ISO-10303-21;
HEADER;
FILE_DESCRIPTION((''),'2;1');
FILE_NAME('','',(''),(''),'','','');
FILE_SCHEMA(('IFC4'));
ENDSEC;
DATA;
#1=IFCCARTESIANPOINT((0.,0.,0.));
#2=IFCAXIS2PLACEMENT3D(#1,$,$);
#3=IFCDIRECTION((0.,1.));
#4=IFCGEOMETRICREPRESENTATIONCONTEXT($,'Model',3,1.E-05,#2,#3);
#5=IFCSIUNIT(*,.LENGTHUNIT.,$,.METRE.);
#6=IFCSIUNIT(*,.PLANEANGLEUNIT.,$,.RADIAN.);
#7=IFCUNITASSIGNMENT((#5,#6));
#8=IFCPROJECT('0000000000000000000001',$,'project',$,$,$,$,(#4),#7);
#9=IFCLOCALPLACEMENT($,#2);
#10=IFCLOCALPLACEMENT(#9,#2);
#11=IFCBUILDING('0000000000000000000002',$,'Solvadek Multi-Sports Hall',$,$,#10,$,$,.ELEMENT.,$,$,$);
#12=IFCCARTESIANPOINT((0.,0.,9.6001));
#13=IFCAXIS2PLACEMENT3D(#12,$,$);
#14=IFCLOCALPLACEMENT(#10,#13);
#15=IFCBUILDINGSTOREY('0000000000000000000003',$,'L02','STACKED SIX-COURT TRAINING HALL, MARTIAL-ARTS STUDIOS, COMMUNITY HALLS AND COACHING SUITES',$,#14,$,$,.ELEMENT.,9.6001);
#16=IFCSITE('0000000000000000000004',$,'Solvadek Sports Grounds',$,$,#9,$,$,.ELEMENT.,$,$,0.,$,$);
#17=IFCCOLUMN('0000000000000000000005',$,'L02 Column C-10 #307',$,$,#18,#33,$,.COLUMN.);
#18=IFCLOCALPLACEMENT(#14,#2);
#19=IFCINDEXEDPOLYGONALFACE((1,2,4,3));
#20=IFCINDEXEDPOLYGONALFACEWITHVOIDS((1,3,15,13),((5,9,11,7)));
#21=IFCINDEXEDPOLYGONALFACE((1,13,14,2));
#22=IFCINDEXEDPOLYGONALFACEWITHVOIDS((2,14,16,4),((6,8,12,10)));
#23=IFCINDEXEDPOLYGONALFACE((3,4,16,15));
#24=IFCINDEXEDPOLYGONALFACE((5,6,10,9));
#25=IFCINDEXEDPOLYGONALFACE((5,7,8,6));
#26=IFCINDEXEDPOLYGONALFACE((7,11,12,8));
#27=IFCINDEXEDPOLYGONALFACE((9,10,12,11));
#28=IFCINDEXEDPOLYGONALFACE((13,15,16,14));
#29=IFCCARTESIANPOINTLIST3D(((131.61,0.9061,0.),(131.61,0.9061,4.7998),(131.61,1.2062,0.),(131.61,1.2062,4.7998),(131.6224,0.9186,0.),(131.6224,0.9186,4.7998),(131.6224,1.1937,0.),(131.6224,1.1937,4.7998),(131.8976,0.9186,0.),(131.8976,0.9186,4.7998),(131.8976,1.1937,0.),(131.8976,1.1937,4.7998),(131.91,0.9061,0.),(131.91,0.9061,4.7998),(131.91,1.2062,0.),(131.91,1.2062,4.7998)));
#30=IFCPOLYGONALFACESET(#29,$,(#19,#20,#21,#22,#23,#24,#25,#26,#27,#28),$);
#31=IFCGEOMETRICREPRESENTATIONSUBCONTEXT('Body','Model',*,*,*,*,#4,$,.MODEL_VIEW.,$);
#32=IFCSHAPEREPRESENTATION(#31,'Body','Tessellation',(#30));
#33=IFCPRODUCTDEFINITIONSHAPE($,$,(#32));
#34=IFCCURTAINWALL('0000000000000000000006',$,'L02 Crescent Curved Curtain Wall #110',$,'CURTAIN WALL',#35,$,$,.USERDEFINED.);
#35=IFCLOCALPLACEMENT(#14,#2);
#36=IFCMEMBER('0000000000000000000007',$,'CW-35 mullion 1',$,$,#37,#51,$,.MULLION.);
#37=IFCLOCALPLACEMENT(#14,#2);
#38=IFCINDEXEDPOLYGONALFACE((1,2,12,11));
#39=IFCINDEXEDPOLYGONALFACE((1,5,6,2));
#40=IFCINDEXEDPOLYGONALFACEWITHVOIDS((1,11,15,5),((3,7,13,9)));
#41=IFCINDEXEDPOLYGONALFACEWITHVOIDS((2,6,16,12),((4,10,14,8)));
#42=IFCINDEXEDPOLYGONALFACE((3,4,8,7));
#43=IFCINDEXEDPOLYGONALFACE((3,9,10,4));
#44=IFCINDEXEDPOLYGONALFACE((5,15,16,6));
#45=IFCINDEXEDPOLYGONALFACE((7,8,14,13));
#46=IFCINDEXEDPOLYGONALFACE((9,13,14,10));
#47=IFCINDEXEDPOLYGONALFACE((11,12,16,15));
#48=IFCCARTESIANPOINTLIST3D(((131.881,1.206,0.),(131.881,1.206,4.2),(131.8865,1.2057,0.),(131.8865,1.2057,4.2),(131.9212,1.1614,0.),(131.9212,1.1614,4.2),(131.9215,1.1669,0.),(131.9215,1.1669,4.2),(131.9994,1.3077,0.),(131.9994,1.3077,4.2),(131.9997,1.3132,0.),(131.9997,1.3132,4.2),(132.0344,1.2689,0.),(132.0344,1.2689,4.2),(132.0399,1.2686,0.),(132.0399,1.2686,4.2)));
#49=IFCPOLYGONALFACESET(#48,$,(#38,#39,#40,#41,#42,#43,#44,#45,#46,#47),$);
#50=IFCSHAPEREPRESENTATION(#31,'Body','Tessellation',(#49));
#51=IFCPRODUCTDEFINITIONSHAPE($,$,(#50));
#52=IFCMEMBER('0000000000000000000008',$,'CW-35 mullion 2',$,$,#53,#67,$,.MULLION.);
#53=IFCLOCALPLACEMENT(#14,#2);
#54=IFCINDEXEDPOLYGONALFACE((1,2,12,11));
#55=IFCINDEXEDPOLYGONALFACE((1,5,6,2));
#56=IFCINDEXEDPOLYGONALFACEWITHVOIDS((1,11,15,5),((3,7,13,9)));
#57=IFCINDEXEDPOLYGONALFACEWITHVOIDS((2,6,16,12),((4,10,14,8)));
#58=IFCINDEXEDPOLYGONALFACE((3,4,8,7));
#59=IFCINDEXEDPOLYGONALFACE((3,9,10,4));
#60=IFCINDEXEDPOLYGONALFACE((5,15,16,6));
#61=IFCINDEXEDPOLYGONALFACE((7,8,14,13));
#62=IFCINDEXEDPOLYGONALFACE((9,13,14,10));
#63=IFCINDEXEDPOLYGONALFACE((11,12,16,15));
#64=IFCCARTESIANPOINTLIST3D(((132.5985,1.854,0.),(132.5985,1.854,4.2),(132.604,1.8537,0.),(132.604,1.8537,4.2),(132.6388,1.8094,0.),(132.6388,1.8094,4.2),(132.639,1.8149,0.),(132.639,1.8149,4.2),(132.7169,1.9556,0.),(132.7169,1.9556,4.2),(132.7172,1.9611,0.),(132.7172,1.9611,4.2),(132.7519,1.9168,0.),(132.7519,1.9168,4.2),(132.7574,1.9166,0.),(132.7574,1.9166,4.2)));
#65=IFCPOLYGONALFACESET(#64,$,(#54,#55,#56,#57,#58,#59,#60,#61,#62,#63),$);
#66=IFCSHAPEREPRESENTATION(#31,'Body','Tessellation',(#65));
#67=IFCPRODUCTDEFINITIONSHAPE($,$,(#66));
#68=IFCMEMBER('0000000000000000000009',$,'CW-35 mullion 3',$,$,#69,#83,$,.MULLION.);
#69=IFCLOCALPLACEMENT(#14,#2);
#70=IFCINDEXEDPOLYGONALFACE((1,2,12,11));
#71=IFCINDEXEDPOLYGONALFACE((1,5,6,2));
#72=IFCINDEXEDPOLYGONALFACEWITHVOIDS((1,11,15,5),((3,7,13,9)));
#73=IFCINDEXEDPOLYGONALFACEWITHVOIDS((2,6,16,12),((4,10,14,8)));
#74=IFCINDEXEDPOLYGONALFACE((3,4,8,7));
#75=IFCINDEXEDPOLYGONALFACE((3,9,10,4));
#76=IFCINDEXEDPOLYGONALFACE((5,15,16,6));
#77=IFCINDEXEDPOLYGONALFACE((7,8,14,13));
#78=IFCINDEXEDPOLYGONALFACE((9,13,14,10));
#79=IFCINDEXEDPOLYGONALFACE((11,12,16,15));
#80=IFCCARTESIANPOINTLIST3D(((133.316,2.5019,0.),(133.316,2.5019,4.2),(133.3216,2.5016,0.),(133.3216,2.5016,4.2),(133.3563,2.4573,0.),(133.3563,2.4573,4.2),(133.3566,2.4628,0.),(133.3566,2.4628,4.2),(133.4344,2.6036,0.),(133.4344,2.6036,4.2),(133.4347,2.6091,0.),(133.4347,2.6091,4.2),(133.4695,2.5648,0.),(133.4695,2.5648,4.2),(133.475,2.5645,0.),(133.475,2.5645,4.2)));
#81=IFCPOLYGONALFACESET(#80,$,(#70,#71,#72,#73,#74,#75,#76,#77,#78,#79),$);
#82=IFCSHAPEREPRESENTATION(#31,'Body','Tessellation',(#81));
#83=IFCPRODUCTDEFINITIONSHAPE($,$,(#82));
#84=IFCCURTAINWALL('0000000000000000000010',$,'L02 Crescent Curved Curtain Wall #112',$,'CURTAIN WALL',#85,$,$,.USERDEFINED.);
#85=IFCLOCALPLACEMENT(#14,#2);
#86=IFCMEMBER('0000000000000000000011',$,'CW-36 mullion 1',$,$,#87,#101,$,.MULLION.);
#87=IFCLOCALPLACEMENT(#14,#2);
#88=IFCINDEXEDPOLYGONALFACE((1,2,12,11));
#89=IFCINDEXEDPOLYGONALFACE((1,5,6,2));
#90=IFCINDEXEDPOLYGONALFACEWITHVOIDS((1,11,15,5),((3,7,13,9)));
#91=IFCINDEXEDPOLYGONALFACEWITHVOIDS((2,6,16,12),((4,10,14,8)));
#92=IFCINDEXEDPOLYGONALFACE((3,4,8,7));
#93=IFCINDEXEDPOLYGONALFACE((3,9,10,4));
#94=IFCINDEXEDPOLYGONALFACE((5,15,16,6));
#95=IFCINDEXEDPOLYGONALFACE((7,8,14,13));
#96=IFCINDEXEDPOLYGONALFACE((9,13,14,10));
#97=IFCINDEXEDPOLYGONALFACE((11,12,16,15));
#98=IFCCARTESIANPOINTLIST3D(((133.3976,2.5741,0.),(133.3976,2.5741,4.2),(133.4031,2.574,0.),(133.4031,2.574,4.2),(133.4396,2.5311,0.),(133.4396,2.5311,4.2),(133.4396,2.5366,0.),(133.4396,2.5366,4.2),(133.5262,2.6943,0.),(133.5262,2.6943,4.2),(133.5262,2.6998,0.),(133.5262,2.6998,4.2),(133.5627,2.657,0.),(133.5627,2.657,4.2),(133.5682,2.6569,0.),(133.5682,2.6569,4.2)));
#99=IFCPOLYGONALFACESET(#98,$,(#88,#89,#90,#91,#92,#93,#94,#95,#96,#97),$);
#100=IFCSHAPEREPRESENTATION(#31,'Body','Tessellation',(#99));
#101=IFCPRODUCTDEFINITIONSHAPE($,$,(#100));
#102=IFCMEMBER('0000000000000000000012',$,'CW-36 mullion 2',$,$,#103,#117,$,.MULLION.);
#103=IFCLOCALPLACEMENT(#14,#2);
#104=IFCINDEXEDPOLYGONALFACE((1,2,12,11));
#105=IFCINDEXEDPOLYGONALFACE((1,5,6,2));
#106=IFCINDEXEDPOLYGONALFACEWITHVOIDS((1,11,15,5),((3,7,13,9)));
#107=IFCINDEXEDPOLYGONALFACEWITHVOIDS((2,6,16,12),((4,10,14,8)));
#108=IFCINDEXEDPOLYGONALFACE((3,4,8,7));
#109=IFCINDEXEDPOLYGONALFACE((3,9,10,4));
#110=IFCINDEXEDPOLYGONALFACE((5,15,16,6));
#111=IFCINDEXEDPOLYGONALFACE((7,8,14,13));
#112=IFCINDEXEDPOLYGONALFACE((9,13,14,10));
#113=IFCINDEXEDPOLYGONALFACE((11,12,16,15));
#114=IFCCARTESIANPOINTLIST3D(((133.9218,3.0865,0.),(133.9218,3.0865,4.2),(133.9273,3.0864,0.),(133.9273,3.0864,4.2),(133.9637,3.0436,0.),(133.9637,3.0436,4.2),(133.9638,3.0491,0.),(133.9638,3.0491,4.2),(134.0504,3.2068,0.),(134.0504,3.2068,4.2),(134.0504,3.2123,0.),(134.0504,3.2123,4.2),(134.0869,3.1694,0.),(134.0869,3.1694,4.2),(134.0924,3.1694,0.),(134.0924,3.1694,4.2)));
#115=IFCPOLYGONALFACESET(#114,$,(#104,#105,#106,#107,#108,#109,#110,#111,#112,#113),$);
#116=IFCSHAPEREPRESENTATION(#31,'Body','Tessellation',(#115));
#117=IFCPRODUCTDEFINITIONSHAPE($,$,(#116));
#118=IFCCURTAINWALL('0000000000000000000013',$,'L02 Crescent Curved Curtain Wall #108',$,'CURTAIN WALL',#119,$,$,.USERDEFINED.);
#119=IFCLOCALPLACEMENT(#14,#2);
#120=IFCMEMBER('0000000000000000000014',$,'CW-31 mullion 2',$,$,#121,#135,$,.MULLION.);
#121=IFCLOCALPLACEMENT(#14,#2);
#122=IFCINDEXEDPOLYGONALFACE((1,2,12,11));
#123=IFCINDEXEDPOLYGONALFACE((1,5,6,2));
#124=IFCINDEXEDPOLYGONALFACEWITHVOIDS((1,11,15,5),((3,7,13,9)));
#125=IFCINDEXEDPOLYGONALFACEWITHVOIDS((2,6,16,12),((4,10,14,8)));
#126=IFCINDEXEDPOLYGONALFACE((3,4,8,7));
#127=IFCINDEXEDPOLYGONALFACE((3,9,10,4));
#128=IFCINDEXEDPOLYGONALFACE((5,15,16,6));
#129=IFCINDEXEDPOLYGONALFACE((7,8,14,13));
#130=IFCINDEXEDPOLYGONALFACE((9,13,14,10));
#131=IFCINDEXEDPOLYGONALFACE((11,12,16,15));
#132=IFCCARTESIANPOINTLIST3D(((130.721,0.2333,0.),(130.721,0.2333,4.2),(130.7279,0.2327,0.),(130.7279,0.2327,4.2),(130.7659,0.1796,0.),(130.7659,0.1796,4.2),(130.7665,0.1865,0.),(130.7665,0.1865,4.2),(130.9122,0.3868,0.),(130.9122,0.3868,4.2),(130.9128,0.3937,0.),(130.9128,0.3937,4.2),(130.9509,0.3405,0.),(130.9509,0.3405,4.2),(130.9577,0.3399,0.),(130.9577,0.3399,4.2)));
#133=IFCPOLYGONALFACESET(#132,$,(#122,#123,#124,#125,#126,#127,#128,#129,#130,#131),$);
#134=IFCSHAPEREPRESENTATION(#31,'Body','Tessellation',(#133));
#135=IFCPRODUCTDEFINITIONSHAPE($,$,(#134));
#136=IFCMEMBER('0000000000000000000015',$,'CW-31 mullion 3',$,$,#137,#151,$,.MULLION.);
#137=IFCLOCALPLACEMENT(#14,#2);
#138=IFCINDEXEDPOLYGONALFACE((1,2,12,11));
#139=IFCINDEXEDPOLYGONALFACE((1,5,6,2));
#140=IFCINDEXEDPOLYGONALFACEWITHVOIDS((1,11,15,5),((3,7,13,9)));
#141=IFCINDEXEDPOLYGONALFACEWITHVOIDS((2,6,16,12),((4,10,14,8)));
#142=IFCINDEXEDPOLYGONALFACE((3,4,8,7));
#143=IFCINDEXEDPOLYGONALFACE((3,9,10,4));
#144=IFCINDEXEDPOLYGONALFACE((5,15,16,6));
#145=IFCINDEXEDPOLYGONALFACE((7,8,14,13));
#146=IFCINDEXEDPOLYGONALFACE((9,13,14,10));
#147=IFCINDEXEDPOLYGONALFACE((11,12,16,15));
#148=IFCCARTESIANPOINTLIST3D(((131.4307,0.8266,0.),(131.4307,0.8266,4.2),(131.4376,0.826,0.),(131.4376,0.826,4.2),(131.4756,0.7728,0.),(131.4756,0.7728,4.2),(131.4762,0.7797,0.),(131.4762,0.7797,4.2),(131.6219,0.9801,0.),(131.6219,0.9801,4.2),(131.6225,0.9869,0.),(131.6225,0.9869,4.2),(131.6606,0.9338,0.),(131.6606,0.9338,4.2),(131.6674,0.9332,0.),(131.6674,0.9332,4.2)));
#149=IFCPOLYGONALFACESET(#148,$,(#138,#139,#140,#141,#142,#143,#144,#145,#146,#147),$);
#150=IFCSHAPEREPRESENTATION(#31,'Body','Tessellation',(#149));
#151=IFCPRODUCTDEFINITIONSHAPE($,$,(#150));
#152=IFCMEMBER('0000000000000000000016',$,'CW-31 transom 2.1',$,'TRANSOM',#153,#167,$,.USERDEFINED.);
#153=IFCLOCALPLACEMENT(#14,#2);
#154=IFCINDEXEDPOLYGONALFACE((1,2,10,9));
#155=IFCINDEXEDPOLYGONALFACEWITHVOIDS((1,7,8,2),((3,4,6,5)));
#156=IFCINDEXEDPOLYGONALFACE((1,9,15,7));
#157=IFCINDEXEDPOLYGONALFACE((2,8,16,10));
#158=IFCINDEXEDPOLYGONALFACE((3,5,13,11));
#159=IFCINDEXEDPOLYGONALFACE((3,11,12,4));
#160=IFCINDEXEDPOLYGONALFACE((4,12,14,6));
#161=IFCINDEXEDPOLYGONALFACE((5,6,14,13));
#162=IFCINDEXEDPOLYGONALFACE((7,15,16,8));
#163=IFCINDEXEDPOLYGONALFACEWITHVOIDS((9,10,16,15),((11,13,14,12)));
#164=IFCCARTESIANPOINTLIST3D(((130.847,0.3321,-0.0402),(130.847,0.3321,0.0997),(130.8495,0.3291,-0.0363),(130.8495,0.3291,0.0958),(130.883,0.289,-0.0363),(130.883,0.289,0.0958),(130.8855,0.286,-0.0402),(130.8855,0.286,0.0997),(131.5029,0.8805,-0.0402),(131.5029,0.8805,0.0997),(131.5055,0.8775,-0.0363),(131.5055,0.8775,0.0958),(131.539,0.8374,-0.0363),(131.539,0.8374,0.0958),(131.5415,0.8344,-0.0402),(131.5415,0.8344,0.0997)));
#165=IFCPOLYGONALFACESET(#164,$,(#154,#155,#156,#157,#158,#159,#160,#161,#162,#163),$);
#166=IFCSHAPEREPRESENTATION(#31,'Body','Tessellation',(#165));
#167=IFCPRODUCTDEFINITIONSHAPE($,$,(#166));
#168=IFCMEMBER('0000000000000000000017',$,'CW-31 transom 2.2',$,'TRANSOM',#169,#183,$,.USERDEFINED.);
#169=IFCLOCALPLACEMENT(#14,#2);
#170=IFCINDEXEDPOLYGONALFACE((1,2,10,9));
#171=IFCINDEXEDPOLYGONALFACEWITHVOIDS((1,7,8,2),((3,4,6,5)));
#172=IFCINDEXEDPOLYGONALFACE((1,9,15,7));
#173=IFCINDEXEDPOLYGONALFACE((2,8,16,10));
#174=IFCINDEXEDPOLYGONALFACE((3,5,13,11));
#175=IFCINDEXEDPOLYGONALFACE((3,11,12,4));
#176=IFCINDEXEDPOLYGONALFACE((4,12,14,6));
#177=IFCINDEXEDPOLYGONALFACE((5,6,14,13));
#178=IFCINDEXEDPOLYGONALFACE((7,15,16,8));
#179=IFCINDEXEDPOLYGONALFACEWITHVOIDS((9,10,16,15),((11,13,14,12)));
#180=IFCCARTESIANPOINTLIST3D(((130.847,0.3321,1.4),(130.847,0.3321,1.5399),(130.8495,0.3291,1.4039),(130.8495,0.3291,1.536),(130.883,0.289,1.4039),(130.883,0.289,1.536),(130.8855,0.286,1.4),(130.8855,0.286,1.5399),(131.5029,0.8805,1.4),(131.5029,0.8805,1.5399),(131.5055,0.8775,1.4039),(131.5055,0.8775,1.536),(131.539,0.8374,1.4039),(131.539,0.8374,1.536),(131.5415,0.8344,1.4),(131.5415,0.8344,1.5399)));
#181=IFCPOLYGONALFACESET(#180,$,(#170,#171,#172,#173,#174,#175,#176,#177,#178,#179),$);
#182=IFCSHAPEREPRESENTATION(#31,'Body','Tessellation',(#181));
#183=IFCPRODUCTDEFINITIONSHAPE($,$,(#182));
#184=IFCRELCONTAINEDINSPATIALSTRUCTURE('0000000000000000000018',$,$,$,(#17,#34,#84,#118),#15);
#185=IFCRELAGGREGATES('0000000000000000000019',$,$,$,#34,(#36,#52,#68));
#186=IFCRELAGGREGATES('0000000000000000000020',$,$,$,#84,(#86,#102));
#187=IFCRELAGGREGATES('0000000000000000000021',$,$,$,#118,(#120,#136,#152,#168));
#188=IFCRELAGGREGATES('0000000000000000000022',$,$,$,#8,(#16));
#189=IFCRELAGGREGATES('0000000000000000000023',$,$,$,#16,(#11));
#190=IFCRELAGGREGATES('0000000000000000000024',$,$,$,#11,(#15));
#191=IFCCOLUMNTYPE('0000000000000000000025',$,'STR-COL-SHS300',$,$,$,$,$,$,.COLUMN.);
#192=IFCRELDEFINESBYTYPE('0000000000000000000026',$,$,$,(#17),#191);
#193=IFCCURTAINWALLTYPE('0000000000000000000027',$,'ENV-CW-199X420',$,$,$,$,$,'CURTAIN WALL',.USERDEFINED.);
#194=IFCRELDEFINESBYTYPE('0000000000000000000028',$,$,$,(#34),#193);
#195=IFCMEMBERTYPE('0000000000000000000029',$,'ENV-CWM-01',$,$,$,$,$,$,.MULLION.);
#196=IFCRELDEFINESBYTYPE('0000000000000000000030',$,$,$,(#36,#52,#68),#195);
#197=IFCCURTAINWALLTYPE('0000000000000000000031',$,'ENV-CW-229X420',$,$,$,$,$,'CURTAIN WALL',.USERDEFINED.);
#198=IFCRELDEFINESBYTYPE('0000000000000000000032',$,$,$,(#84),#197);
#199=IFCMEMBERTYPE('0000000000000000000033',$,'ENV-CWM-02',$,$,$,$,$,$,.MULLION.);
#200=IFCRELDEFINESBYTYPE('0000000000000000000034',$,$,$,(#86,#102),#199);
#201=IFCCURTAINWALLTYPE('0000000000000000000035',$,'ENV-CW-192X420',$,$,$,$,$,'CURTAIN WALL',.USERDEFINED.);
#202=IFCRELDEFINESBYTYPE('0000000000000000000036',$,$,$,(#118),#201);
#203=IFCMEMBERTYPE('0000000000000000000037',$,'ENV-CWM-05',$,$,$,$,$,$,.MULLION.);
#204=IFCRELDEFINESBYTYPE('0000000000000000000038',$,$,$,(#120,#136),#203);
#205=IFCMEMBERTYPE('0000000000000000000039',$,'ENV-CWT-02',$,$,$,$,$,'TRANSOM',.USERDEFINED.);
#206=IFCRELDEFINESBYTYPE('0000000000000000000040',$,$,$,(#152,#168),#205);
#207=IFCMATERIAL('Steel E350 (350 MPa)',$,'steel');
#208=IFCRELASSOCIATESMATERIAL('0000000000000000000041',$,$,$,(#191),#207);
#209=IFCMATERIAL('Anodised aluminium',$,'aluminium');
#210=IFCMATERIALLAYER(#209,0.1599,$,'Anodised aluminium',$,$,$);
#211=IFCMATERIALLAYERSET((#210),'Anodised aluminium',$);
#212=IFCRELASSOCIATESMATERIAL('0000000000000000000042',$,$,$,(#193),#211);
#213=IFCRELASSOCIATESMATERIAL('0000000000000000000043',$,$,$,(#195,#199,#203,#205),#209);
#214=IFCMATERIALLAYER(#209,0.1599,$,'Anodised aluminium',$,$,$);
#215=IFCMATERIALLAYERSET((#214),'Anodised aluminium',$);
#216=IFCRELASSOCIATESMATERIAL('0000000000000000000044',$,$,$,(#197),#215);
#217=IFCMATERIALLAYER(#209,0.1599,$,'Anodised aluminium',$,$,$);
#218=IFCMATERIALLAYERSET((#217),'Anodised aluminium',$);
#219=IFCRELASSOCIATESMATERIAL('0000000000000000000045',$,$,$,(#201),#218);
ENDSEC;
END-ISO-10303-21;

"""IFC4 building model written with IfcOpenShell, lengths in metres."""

from ifc_helpers import new_model, si_unit, direction, frame, origin, origin_2d, place, context, subcontext, project, spatial, hollow_rectangle, extrude, material, layer, layer_set, material_profile, profile_set, type_object, element, aggregate, save


model = new_model("IFC4")

# Units and contexts
model_context = context("Model", 3, precision=1e-05, world=origin(), true_north=direction((0.0, 1.0)))
body_context = subcontext(model_context, "Body", "Model", "MODEL_VIEW")
ifc_project = project(units=[si_unit("LENGTHUNIT", "METRE"), si_unit("PLANEANGLEUNIT", "RADIAN")], contexts=[model_context])

# Site, building, storey
site_placement = place(None, origin())
site = spatial("IfcSite", under=ifc_project, at=site_placement, Name="Solvadek Sports Grounds", CompositionType="ELEMENT", RefElevation=0.0)
building_placement = place(site_placement, origin())
building = spatial("IfcBuilding", under=site, at=building_placement, Name="Solvadek Multi-Sports Hall", CompositionType="ELEMENT")
storey_placement = place(building_placement, frame((0.0, 0.0, 9.6001)))
storey = spatial("IfcBuildingStorey", under=building, at=storey_placement, Name="L02", Description="STACKED SIX-COURT TRAINING HALL, MARTIAL-ARTS STUDIOS, COMMUNITY HALLS AND COACHING SUITES", CompositionType="ELEMENT", Elevation=9.6001)

# Column
ifc_material_1 = material(Name="Steel E350 (350 MPa)", Category="steel")
ifc_material_profile_1 = material_profile(ifc_material_1, hollow_rectangle(XDim=0.3, YDim=0.3, WallThickness=0.0125, at=origin_2d()), Name="SHS 300x300x12.5")
ifc_profile_set_1 = profile_set([ifc_material_profile_1], Name="Steel E350 (350 MPa)")
column_type = type_object("IfcColumnType", Name="STR-COL-SHS300", PredefinedType="COLUMN", material=ifc_profile_set_1)
column_placement = place(storey_placement, frame((131.76, 1.0562, 0.0), z_axis=(0.0, 0.0, 1.0), x_axis=(1.0, 0.0, 0.0)))
element("IfcColumn", 1, at=column_placement, inside=storey, type_object=column_type, Name="L02 Column C-10 #307", PredefinedType="COLUMN", context=body_context, shape_type="SweptSolid", body=[
    extrude(hollow_rectangle(XDim=0.3, YDim=0.3, WallThickness=0.0125, at=origin_2d()), origin(), (0.0, 0.0, 1.0), 4.7998),
])

# Curtain walls, members
ifc_material_2 = material(Name="Anodised aluminium", Category="aluminium")
ifc_layer_1 = layer(ifc_material_2, 0.1599, Name="Anodised aluminium")
ifc_layer_set_1 = layer_set([ifc_layer_1], Name="Anodised aluminium")
curtain_wall_type_1 = type_object("IfcCurtainWallType", Name="ENV-CW-199X420", ElementType="CURTAIN WALL", PredefinedType="USERDEFINED", material=ifc_layer_set_1)
curtain_wall_1_placement = place(storey_placement, origin())
curtain_wall_1 = element("IfcCurtainWall", 2, at=curtain_wall_1_placement, inside=storey, type_object=curtain_wall_type_1, Name="L02 Crescent Curved Curtain Wall #110", ObjectType="CURTAIN WALL", PredefinedType="USERDEFINED")
ifc_material_profile_2 = material_profile(ifc_material_2, hollow_rectangle(XDim=0.0601, YDim=0.1599, WallThickness=0.0039, at=origin_2d()), Name="ALU-M 160x60x4")
ifc_profile_set_2 = profile_set([ifc_material_profile_2], Name="Anodised aluminium")
member_type_1 = type_object("IfcMemberType", Name="ENV-CWM-01", PredefinedType="MULLION", material=ifc_profile_set_2)
member_1_placement = place(storey_placement, frame((131.9604, 1.2373, 0.0), z_axis=(0.0, 0.0, 1.0), x_axis=(-0.670227, 0.742156, 0.0)))
member_1 = element("IfcMember", 3, at=member_1_placement, type_object=member_type_1, Name="CW-35 mullion 1", PredefinedType="MULLION", context=body_context, shape_type="SweptSolid", body=[
    extrude(hollow_rectangle(XDim=0.0601, YDim=0.1599, WallThickness=0.0039, at=origin_2d()), origin(), (0.0, 0.0, 1.0), 4.2),
])
member_2_placement = place(storey_placement, frame((132.678, 1.8853, 0.0), z_axis=(0.0, 0.0, 1.0), x_axis=(-0.670227, 0.742156, 0.0)))
member_2 = element("IfcMember", 4, at=member_2_placement, type_object=member_type_1, Name="CW-35 mullion 2", PredefinedType="MULLION", context=body_context, shape_type="SweptSolid", body=[
    extrude(hollow_rectangle(XDim=0.0601, YDim=0.1599, WallThickness=0.0039, at=origin_2d()), origin(), (0.0, 0.0, 1.0), 4.2),
])
member_3_placement = place(storey_placement, frame((133.3955, 2.5332, 0.0), z_axis=(0.0, 0.0, 1.0), x_axis=(-0.670227, 0.742156, 0.0)))
member_3 = element("IfcMember", 5, at=member_3_placement, type_object=member_type_1, Name="CW-35 mullion 3", PredefinedType="MULLION", context=body_context, shape_type="SweptSolid", body=[
    extrude(hollow_rectangle(XDim=0.0601, YDim=0.1599, WallThickness=0.0039, at=origin_2d()), origin(), (0.0, 0.0, 1.0), 4.2),
])
ifc_layer_2 = layer(ifc_material_2, 0.1599, Name="Anodised aluminium")
ifc_layer_set_2 = layer_set([ifc_layer_2], Name="Anodised aluminium")
curtain_wall_type_2 = type_object("IfcCurtainWallType", Name="ENV-CW-229X420", ElementType="CURTAIN WALL", PredefinedType="USERDEFINED", material=ifc_layer_set_2)
curtain_wall_2_placement = place(storey_placement, origin())
curtain_wall_2 = element("IfcCurtainWall", 6, at=curtain_wall_2_placement, inside=storey, type_object=curtain_wall_type_2, Name="L02 Crescent Curved Curtain Wall #112", ObjectType="CURTAIN WALL", PredefinedType="USERDEFINED")
ifc_material_profile_3 = material_profile(ifc_material_2, hollow_rectangle(XDim=0.0601, YDim=0.1799, WallThickness=0.0039, at=origin_2d()), Name="ALU-M 180x60x4")
ifc_profile_set_3 = profile_set([ifc_material_profile_3], Name="Anodised aluminium")
member_type_2 = type_object("IfcMemberType", Name="ENV-CWM-02", PredefinedType="MULLION", material=ifc_profile_set_3)
member_4_placement = place(storey_placement, frame((133.4829, 2.6155, 0.0), z_axis=(0.0, 0.0, 1.0), x_axis=(-0.699091, 0.715032, 0.0)))
member_4 = element("IfcMember", 7, at=member_4_placement, type_object=member_type_2, Name="CW-36 mullion 1", PredefinedType="MULLION", context=body_context, shape_type="SweptSolid", body=[
    extrude(hollow_rectangle(XDim=0.0601, YDim=0.1799, WallThickness=0.0039, at=origin_2d()), origin(), (0.0, 0.0, 1.0), 4.2),
])
member_5_placement = place(storey_placement, frame((134.0071, 3.1279, 0.0), z_axis=(0.0, 0.0, 1.0), x_axis=(-0.699091, 0.715032, 0.0)))
member_5 = element("IfcMember", 8, at=member_5_placement, type_object=member_type_2, Name="CW-36 mullion 2", PredefinedType="MULLION", context=body_context, shape_type="SweptSolid", body=[
    extrude(hollow_rectangle(XDim=0.0601, YDim=0.1799, WallThickness=0.0039, at=origin_2d()), origin(), (0.0, 0.0, 1.0), 4.2),
])
ifc_layer_3 = layer(ifc_material_2, 0.1599, Name="Anodised aluminium")
ifc_layer_set_3 = layer_set([ifc_layer_3], Name="Anodised aluminium")
curtain_wall_type_3 = type_object("IfcCurtainWallType", Name="ENV-CW-192X420", ElementType="CURTAIN WALL", PredefinedType="USERDEFINED", material=ifc_layer_set_3)
curtain_wall_3_placement = place(storey_placement, origin())
curtain_wall_3 = element("IfcCurtainWall", 9, at=curtain_wall_3_placement, inside=storey, type_object=curtain_wall_type_3, Name="L02 Crescent Curved Curtain Wall #108", ObjectType="CURTAIN WALL", PredefinedType="USERDEFINED")
ifc_material_profile_4 = material_profile(ifc_material_2, hollow_rectangle(XDim=0.0701, YDim=0.25, WallThickness=0.0049, at=origin_2d()), Name="ALU-M 250x70x5")
ifc_profile_set_4 = profile_set([ifc_material_profile_4], Name="Anodised aluminium")
member_type_3 = type_object("IfcMemberType", Name="ENV-CWM-05", PredefinedType="MULLION", material=ifc_profile_set_4)
member_6_placement = place(storey_placement, frame((130.8394, 0.2866, 0.0), z_axis=(0.0, 0.0, 1.0), x_axis=(-0.641347, 0.767251, 0.0)))
member_6 = element("IfcMember", 10, at=member_6_placement, type_object=member_type_3, Name="CW-31 mullion 2", PredefinedType="MULLION", context=body_context, shape_type="SweptSolid", body=[
    extrude(hollow_rectangle(XDim=0.0701, YDim=0.25, WallThickness=0.0049, at=origin_2d()), origin(), (0.0, 0.0, 1.0), 4.2),
])
member_7_placement = place(storey_placement, frame((131.5491, 0.8799, 0.0), z_axis=(0.0, 0.0, 1.0), x_axis=(-0.641347, 0.767251, 0.0)))
member_7 = element("IfcMember", 11, at=member_7_placement, type_object=member_type_3, Name="CW-31 mullion 3", PredefinedType="MULLION", context=body_context, shape_type="SweptSolid", body=[
    extrude(hollow_rectangle(XDim=0.0701, YDim=0.25, WallThickness=0.0049, at=origin_2d()), origin(), (0.0, 0.0, 1.0), 4.2),
])
ifc_material_profile_5 = material_profile(ifc_material_2, hollow_rectangle(XDim=0.0601, YDim=0.1399, WallThickness=0.0039, at=origin_2d()), Name="ALU-T 140x60x4")
ifc_profile_set_5 = profile_set([ifc_material_profile_5], Name="Anodised aluminium")
member_type_4 = type_object("IfcMemberType", Name="ENV-CWT-02", ElementType="TRANSOM", PredefinedType="USERDEFINED", material=ifc_profile_set_5)
member_8_placement = place(storey_placement, frame((130.8662, 0.3091, 0.0298), z_axis=(0.767261, 0.641335, 0.0), x_axis=(-0.641335, 0.767261, 0.0)))
member_8 = element("IfcMember", 12, at=member_8_placement, type_object=member_type_4, Name="CW-31 transom 2.1", ObjectType="TRANSOM", PredefinedType="USERDEFINED", context=body_context, shape_type="SweptSolid", body=[
    extrude(hollow_rectangle(XDim=0.0601, YDim=0.1399, WallThickness=0.0039, at=origin_2d()), origin(), (0.0, 0.0, 1.0), 0.855),
])
member_9_placement = place(storey_placement, frame((130.8662, 0.3091, 1.47), z_axis=(0.767261, 0.641335, 0.0), x_axis=(-0.641335, 0.767261, 0.0)))
member_9 = element("IfcMember", 13, at=member_9_placement, type_object=member_type_4, Name="CW-31 transom 2.2", ObjectType="TRANSOM", PredefinedType="USERDEFINED", context=body_context, shape_type="SweptSolid", body=[
    extrude(hollow_rectangle(XDim=0.0601, YDim=0.1399, WallThickness=0.0039, at=origin_2d()), origin(), (0.0, 0.0, 1.0), 0.855),
])

aggregate(curtain_wall_1, [member_1, member_2, member_3])
aggregate(curtain_wall_2, [member_4, member_5])
aggregate(curtain_wall_3, [member_6, member_7, member_8, member_9])

save(model, "model.ifc")
